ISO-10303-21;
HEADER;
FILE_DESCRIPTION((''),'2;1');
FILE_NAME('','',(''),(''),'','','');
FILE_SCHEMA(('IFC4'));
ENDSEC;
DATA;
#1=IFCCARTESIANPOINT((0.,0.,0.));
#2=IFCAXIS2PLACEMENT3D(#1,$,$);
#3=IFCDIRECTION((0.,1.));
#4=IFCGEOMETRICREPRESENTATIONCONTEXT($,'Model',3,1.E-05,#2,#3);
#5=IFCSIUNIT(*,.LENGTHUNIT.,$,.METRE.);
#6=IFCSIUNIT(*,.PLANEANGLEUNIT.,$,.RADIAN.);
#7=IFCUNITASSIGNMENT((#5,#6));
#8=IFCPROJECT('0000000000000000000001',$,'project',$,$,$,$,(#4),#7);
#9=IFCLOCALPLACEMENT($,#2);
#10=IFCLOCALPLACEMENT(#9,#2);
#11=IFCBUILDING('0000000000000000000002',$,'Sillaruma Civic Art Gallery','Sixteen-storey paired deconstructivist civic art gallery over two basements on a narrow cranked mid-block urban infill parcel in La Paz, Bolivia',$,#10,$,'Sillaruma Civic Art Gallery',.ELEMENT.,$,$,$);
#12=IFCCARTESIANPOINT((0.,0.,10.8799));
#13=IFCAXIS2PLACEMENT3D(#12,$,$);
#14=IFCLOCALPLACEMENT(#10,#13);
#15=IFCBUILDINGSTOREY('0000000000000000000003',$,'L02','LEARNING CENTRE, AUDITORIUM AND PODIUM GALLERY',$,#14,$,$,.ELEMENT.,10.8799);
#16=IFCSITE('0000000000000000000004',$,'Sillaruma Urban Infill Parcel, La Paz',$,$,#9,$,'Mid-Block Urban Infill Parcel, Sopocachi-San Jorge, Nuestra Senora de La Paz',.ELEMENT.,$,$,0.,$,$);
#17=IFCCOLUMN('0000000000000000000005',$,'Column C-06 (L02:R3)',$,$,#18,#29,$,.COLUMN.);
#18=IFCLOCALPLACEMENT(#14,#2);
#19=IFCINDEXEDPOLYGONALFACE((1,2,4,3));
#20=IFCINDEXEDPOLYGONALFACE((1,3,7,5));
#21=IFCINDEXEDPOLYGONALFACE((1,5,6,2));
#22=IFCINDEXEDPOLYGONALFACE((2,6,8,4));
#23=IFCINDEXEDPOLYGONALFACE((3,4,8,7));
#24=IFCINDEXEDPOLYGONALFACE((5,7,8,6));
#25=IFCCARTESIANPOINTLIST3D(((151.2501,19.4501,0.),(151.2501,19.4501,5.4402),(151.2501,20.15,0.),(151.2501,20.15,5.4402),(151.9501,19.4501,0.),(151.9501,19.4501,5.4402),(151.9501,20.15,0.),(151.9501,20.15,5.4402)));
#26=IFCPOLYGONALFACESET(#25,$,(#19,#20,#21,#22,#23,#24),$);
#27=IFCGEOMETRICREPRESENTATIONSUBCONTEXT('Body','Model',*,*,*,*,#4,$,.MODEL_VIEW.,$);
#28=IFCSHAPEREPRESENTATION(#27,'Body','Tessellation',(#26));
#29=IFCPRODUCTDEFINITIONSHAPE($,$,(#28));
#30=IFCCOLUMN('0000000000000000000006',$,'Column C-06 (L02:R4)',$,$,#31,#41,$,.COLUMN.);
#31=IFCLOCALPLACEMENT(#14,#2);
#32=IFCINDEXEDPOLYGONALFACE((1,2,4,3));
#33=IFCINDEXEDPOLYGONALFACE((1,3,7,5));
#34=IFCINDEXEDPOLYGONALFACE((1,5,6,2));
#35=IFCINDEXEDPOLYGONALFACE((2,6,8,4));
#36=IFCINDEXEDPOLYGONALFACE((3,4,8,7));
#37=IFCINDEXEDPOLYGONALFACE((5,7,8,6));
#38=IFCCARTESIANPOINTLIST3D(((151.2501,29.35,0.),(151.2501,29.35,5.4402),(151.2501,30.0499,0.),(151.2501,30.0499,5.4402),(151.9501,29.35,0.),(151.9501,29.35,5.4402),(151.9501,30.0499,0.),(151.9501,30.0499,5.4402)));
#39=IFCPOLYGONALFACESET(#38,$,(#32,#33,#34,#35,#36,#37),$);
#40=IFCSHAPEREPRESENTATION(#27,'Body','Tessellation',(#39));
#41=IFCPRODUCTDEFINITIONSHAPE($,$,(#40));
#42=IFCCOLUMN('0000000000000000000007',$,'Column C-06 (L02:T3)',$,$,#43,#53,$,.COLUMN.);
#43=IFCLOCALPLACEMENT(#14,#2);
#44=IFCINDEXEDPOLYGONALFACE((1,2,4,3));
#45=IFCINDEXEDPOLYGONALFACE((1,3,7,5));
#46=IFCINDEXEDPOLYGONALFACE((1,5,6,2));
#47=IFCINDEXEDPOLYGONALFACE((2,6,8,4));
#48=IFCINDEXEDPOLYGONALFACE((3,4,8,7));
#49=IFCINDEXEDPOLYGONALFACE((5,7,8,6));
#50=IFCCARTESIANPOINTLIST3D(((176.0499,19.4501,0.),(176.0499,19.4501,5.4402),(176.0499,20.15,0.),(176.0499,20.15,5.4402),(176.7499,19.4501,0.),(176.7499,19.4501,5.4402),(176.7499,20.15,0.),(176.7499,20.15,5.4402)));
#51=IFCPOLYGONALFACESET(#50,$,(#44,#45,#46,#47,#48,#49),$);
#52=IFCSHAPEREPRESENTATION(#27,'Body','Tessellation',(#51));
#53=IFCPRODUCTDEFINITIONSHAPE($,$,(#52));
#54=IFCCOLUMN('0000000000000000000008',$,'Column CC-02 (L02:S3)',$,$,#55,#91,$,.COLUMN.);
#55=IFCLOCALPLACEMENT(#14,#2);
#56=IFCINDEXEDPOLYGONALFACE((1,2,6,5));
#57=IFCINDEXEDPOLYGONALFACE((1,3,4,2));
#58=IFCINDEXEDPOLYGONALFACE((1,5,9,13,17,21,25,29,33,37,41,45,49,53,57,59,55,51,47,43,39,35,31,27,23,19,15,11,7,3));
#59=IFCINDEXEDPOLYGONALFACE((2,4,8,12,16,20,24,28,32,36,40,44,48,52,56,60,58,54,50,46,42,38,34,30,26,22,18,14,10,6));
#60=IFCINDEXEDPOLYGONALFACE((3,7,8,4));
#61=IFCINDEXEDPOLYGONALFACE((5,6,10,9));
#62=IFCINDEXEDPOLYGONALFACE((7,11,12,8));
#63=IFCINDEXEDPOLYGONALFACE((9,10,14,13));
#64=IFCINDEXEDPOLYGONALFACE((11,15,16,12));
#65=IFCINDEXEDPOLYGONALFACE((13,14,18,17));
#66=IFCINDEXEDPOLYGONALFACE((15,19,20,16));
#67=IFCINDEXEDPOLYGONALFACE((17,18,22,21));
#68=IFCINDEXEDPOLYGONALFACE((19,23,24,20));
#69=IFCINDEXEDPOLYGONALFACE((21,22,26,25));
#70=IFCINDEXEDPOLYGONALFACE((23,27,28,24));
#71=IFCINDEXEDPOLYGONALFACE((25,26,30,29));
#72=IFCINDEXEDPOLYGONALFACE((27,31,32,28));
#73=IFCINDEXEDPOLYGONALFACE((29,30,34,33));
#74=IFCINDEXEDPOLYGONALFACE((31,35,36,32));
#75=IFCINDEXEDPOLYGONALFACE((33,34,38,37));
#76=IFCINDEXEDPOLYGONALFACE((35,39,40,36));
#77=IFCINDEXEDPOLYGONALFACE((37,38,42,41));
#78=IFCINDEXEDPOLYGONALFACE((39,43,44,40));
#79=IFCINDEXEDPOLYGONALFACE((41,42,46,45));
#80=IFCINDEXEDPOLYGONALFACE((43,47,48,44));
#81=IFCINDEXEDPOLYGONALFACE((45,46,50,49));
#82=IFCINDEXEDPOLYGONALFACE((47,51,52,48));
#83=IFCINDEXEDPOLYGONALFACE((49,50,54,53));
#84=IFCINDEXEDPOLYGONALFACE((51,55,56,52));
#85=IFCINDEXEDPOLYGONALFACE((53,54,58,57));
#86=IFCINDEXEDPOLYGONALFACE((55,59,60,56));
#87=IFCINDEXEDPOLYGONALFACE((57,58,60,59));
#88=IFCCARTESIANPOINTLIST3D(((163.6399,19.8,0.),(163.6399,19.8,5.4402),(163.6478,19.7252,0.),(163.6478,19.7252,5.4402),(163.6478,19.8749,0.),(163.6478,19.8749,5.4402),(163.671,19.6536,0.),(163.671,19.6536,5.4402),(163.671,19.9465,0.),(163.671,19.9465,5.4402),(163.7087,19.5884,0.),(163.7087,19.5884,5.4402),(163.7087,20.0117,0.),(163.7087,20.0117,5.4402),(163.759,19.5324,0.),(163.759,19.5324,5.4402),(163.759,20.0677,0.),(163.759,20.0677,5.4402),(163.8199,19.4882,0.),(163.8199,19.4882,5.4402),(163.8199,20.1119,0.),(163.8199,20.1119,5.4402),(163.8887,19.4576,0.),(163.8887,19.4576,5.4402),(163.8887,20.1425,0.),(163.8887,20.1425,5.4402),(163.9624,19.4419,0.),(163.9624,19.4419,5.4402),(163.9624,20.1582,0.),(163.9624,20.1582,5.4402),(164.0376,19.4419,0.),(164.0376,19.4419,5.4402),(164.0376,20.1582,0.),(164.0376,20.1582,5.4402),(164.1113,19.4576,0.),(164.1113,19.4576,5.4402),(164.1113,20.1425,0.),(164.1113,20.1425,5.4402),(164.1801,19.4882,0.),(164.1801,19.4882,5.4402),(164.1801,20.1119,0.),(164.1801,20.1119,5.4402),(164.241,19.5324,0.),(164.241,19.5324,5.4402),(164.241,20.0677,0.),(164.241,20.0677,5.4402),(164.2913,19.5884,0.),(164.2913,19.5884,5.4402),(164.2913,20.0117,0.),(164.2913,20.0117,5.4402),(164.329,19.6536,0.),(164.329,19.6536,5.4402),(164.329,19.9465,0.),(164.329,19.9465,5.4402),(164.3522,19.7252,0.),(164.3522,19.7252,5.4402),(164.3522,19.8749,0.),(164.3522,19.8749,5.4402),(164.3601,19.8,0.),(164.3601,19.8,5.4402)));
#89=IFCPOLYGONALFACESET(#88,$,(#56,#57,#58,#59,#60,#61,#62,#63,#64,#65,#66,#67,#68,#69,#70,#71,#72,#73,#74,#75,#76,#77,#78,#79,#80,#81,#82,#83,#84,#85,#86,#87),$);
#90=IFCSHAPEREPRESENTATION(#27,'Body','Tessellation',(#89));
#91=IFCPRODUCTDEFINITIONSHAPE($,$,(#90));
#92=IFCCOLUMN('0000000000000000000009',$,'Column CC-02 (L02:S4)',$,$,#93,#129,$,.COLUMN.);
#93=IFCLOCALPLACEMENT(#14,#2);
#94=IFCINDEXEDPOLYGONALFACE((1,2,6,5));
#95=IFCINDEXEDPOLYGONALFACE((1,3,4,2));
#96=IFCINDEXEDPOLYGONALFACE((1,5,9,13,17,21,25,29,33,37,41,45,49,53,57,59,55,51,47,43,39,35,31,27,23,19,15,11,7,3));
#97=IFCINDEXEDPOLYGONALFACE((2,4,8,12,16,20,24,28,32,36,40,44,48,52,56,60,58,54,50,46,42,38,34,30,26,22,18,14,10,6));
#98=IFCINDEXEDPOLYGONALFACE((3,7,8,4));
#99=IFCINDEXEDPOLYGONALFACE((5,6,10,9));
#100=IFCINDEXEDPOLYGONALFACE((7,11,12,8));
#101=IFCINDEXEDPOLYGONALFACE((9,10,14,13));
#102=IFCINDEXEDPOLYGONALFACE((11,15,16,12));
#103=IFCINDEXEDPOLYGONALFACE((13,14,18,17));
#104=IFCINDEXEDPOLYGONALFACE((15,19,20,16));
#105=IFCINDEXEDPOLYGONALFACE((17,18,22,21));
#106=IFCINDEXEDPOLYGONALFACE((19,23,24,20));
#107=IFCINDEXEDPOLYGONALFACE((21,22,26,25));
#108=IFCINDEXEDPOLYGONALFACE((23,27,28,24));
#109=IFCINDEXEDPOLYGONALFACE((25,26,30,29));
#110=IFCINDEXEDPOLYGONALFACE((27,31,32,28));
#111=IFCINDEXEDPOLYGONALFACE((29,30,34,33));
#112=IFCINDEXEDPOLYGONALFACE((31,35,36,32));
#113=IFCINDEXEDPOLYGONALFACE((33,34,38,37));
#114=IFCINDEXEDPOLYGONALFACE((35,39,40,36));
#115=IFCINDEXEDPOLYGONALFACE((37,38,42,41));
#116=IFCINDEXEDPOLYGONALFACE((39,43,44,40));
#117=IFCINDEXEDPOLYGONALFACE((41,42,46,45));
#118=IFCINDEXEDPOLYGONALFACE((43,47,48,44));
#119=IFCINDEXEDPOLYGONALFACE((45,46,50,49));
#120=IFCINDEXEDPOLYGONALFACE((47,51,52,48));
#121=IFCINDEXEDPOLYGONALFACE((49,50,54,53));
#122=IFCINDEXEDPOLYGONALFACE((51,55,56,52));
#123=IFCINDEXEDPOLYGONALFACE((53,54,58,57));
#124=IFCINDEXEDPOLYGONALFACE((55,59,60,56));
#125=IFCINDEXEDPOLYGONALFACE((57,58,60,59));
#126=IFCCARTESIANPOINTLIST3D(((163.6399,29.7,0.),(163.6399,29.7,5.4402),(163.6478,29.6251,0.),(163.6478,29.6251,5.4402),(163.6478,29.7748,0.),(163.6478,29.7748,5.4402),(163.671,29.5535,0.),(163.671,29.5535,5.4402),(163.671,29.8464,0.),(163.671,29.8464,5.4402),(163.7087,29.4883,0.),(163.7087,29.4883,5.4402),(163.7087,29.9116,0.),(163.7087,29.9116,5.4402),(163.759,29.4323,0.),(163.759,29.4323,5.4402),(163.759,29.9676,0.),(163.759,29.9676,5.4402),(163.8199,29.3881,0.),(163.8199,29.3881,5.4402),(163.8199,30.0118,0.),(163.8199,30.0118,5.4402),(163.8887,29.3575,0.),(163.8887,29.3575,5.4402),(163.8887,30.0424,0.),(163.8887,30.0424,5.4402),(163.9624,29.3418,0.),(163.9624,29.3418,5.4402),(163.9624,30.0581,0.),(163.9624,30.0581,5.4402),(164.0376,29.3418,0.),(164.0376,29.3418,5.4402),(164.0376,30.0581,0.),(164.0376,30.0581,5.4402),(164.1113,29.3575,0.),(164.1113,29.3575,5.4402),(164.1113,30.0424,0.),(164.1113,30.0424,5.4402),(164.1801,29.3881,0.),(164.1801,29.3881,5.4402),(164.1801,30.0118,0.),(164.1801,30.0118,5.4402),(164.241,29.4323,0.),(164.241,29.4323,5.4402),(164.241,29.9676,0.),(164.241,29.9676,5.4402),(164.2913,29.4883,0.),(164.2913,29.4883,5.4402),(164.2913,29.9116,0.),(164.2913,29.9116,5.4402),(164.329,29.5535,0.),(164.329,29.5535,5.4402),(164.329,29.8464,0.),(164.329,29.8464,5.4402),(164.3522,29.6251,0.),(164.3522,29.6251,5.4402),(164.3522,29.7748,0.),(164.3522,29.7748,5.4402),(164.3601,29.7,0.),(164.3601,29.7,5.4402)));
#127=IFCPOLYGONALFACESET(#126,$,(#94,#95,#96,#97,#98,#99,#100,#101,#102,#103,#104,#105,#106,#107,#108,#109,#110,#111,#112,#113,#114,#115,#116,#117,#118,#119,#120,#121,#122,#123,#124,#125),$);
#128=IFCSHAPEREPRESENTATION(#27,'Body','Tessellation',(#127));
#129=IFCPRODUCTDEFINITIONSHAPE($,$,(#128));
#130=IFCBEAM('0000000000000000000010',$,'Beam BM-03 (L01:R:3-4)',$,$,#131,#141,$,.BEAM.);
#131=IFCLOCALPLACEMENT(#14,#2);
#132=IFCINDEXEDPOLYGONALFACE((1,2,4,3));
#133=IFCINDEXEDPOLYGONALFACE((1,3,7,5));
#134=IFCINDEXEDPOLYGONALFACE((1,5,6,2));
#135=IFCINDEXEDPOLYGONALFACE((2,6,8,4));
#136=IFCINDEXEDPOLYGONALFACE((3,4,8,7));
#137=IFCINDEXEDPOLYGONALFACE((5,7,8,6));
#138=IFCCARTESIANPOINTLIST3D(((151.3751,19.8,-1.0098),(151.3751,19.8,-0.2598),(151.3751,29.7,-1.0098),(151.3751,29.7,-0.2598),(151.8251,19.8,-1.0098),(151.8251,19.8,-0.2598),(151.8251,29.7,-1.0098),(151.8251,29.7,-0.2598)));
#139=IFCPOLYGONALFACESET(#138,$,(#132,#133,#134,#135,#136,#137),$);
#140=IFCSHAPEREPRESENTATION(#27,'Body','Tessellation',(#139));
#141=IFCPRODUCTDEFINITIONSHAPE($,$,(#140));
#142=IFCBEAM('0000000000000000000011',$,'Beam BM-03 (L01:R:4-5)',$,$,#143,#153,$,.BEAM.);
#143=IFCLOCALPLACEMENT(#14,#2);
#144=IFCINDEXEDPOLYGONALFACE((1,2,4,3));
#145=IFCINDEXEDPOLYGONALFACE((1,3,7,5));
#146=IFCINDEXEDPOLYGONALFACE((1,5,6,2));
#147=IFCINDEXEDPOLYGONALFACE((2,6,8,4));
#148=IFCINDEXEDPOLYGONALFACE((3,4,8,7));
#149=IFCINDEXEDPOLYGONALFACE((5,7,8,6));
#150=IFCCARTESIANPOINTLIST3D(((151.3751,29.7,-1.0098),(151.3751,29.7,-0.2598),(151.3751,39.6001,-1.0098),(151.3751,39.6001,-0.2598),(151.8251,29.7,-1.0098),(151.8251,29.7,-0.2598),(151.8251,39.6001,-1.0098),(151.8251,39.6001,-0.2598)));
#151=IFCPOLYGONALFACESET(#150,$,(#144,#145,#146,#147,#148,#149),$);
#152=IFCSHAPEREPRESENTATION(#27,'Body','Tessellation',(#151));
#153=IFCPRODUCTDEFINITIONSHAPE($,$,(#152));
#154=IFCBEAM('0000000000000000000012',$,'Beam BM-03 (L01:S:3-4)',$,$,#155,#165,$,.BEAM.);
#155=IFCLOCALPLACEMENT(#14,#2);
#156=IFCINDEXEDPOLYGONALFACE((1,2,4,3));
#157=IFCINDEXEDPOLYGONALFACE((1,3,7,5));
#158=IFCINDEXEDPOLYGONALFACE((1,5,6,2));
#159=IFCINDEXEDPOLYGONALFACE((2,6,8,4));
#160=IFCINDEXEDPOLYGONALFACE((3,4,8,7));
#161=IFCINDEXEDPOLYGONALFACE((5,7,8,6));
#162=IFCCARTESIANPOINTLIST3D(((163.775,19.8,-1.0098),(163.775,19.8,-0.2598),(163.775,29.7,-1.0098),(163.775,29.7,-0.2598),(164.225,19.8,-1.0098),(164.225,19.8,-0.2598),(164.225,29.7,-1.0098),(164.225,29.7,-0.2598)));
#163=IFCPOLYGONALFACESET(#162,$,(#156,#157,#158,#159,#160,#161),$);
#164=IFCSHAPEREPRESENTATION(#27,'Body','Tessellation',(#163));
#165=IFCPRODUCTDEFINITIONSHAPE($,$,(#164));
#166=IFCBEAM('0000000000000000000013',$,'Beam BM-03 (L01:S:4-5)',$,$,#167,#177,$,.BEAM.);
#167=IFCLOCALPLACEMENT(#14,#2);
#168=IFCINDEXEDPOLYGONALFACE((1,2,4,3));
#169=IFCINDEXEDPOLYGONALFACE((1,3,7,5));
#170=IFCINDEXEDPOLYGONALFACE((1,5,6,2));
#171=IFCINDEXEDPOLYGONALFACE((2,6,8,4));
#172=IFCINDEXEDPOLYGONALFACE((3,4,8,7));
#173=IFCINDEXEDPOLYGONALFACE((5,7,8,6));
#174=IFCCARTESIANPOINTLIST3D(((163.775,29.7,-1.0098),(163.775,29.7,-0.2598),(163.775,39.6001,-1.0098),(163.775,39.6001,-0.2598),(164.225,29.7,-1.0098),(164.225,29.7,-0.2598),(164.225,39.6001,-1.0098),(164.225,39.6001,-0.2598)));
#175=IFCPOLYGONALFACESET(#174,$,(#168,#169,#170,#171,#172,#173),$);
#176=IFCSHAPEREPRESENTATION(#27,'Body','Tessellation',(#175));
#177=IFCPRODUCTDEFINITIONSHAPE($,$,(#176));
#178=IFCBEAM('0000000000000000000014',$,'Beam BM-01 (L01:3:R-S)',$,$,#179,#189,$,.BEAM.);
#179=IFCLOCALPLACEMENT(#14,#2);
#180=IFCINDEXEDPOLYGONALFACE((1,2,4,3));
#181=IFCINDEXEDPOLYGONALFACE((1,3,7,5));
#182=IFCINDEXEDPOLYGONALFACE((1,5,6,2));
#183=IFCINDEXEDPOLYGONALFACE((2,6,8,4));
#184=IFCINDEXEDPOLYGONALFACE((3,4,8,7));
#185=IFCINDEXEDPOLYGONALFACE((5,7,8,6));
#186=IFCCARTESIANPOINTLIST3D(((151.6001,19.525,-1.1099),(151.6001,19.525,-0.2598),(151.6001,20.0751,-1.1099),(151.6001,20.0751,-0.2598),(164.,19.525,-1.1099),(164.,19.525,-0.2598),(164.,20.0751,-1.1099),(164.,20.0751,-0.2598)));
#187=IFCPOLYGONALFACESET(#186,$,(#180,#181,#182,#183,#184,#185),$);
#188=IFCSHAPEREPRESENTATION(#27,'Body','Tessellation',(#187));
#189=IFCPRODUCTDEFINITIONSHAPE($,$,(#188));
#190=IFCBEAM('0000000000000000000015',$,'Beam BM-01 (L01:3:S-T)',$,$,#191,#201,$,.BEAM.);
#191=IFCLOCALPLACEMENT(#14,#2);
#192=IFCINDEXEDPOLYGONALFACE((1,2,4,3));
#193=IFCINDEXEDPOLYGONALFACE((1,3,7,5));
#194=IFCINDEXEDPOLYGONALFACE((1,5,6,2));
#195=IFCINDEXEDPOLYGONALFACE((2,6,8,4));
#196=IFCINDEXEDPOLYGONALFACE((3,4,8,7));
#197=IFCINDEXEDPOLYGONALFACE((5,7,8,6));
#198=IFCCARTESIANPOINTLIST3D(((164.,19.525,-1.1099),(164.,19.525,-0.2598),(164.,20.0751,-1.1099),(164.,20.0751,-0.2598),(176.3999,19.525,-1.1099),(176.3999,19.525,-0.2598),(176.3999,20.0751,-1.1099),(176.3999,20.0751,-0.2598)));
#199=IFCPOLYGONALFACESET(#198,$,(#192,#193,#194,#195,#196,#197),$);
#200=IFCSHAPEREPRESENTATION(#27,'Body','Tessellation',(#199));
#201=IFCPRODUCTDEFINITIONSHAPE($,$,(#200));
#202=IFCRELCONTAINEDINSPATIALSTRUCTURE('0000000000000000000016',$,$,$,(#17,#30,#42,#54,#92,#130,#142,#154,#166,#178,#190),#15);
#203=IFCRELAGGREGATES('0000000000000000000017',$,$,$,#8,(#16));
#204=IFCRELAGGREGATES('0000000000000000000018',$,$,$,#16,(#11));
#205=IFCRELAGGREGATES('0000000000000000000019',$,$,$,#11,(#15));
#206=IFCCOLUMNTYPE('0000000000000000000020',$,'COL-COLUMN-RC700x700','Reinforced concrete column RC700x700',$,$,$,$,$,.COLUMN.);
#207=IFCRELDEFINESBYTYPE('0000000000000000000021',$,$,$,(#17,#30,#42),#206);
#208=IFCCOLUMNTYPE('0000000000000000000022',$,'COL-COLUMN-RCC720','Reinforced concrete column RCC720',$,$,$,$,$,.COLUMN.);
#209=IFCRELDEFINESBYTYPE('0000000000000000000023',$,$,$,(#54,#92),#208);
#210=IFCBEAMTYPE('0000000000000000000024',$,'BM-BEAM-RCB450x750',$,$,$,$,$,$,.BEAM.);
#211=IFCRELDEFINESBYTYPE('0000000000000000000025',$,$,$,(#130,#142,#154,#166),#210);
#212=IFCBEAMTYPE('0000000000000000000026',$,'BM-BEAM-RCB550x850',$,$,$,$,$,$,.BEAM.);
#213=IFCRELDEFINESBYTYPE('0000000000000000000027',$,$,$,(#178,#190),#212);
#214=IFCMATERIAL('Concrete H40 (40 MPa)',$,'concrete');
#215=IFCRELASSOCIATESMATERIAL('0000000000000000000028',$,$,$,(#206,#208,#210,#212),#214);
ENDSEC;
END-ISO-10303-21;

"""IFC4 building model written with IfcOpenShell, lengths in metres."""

from ifc_helpers import new_model, si_unit, direction, frame, origin, origin_2d, place, context, subcontext, project, spatial, rectangle, circle, extrude, material, material_profile, profile_set, type_object, element, save


model = new_model("IFC4")

# Units and contexts
model_context = context("Model", 3, precision=1e-05, world=origin(), true_north=direction((0.0, 1.0)))
body_context = subcontext(model_context, "Body", "Model", "MODEL_VIEW")
ifc_project = project(units=[si_unit("LENGTHUNIT", "METRE"), si_unit("PLANEANGLEUNIT", "RADIAN")], contexts=[model_context])

# Site, building, storey
site_placement = place(None, origin())
site = spatial("IfcSite", under=ifc_project, at=site_placement, Name="Sillaruma Urban Infill Parcel, La Paz", LongName="Mid-Block Urban Infill Parcel, Sopocachi-San Jorge, Nuestra Senora de La Paz", CompositionType="ELEMENT", RefElevation=0.0)
building_placement = place(site_placement, origin())
building = spatial("IfcBuilding", under=site, at=building_placement, Name="Sillaruma Civic Art Gallery", Description="Sixteen-storey paired deconstructivist civic art gallery over two basements on a narrow cranked mid-block urban infill parcel in La Paz, Bolivia", LongName="Sillaruma Civic Art Gallery", CompositionType="ELEMENT")
storey_placement = place(building_placement, frame((0.0, 0.0, 10.8799)))
storey = spatial("IfcBuildingStorey", under=building, at=storey_placement, Name="L02", Description="LEARNING CENTRE, AUDITORIUM AND PODIUM GALLERY", CompositionType="ELEMENT", Elevation=10.8799)

# Columns
ifc_material_1 = material(Name="Concrete H40 (40 MPa)", Category="concrete")
ifc_material_profile_1 = material_profile(ifc_material_1, rectangle(XDim=0.7, YDim=0.7, at=origin_2d()), Name="RC700x700")
ifc_profile_set_1 = profile_set([ifc_material_profile_1], Name="Concrete H40 (40 MPa)")
column_type_1 = type_object("IfcColumnType", Name="COL-COLUMN-RC700x700", Description="Reinforced concrete column RC700x700", PredefinedType="COLUMN", material=ifc_profile_set_1)
for number, where, z_axis, x_axis, name in (
    (1, (151.6001, 19.8, 0.0), (0.0, 0.0, 1.0), (1.0, 0.0, 0.0), "Column C-06 (L02:R3)"),
    (2, (151.6001, 29.7, 0.0), (0.0, 0.0, 1.0), (1.0, 0.0, 0.0), "Column C-06 (L02:R4)"),
    (3, (176.3999, 19.8, 0.0), (0.0, 0.0, 1.0), (1.0, 0.0, 0.0), "Column C-06 (L02:T3)"),
):
    element("IfcColumn", number, at=place(storey_placement, frame(where, z_axis=z_axis, x_axis=x_axis)), inside=storey, type_object=column_type_1, Name=name, PredefinedType="COLUMN", context=body_context, shape_type="SweptSolid", body=[
        extrude(rectangle(XDim=0.7, YDim=0.7, at=origin_2d()), origin(), (0.0, 0.0, 1.0), 5.4402),
    ])
ifc_material_profile_2 = material_profile(ifc_material_1, circle(Radius=0.3601, at=origin_2d()), Name="RCC720")
ifc_profile_set_2 = profile_set([ifc_material_profile_2], Name="Concrete H40 (40 MPa)")
column_type_2 = type_object("IfcColumnType", Name="COL-COLUMN-RCC720", Description="Reinforced concrete column RCC720", PredefinedType="COLUMN", material=ifc_profile_set_2)
for number, where, z_axis, x_axis, name in (
    (4, (164.0, 19.8, 0.0), (0.0, 0.0, 1.0), (1.0, 0.0, 0.0), "Column CC-02 (L02:S3)"),
    (5, (164.0, 29.7, 0.0), (0.0, 0.0, 1.0), (1.0, 0.0, 0.0), "Column CC-02 (L02:S4)"),
):
    element("IfcColumn", number, at=place(storey_placement, frame(where, z_axis=z_axis, x_axis=x_axis)), inside=storey, type_object=column_type_2, Name=name, PredefinedType="COLUMN", context=body_context, shape_type="SweptSolid", body=[
        extrude(circle(Radius=0.3601, at=origin_2d()), origin(), (0.0, 0.0, 1.0), 5.4402),
    ])

# Beams
ifc_material_profile_3 = material_profile(ifc_material_1, rectangle(XDim=0.45, YDim=0.75, at=origin_2d()), Name="RCB450x750")
ifc_profile_set_3 = profile_set([ifc_material_profile_3], Name="Concrete H40 (40 MPa)")
beam_type_1 = type_object("IfcBeamType", Name="BM-BEAM-RCB450x750", PredefinedType="BEAM", material=ifc_profile_set_3)
beam_1_placement = place(storey_placement, frame((151.6001, 19.8, -0.6348), z_axis=(0.0, 1.0, 0.0), x_axis=(-1.0, 0.0, 0.0)))
element("IfcBeam", 6, at=beam_1_placement, inside=storey, type_object=beam_type_1, Name="Beam BM-03 (L01:R:3-4)", PredefinedType="BEAM", context=body_context, shape_type="SweptSolid", body=[
    extrude(rectangle(XDim=0.45, YDim=0.75, at=origin_2d()), origin(), (0.0, 0.0, 1.0), 9.8999),
])
beam_2_placement = place(storey_placement, frame((151.6001, 29.7, -0.6348), z_axis=(0.0, 1.0, 0.0), x_axis=(-1.0, 0.0, 0.0)))
element("IfcBeam", 7, at=beam_2_placement, inside=storey, type_object=beam_type_1, Name="Beam BM-03 (L01:R:4-5)", PredefinedType="BEAM", context=body_context, shape_type="SweptSolid", body=[
    extrude(rectangle(XDim=0.45, YDim=0.75, at=origin_2d()), origin(), (0.0, 0.0, 1.0), 9.9001),
])
beam_3_placement = place(storey_placement, frame((164.0, 19.8, -0.6348), z_axis=(0.0, 1.0, 0.0), x_axis=(-1.0, 0.0, 0.0)))
element("IfcBeam", 8, at=beam_3_placement, inside=storey, type_object=beam_type_1, Name="Beam BM-03 (L01:S:3-4)", PredefinedType="BEAM", context=body_context, shape_type="SweptSolid", body=[
    extrude(rectangle(XDim=0.45, YDim=0.75, at=origin_2d()), origin(), (0.0, 0.0, 1.0), 9.8999),
])
beam_4_placement = place(storey_placement, frame((164.0, 29.7, -0.6348), z_axis=(0.0, 1.0, 0.0), x_axis=(-1.0, 0.0, 0.0)))
element("IfcBeam", 9, at=beam_4_placement, inside=storey, type_object=beam_type_1, Name="Beam BM-03 (L01:S:4-5)", PredefinedType="BEAM", context=body_context, shape_type="SweptSolid", body=[
    extrude(rectangle(XDim=0.45, YDim=0.75, at=origin_2d()), origin(), (0.0, 0.0, 1.0), 9.9001),
])
ifc_material_profile_4 = material_profile(ifc_material_1, rectangle(XDim=0.55, YDim=0.8501, at=origin_2d()), Name="RCB550x850")
ifc_profile_set_4 = profile_set([ifc_material_profile_4], Name="Concrete H40 (40 MPa)")
beam_type_2 = type_object("IfcBeamType", Name="BM-BEAM-RCB550x850", PredefinedType="BEAM", material=ifc_profile_set_4)
for number, where, z_axis, x_axis, name in (
    (10, (151.6001, 19.8, -0.6848), (1.0, 0.0, 0.0), (0.0, 1.0, 0.0), "Beam BM-01 (L01:3:R-S)"),
    (11, (164.0, 19.8, -0.6848), (1.0, 0.0, 0.0), (0.0, 1.0, 0.0), "Beam BM-01 (L01:3:S-T)"),
):
    element("IfcBeam", number, at=place(storey_placement, frame(where, z_axis=z_axis, x_axis=x_axis)), inside=storey, type_object=beam_type_2, Name=name, PredefinedType="BEAM", context=body_context, shape_type="SweptSolid", body=[
        extrude(rectangle(XDim=0.55, YDim=0.8501, at=origin_2d()), origin(), (0.0, 0.0, 1.0), 12.3999),
    ])

save(model, "model.ifc")
